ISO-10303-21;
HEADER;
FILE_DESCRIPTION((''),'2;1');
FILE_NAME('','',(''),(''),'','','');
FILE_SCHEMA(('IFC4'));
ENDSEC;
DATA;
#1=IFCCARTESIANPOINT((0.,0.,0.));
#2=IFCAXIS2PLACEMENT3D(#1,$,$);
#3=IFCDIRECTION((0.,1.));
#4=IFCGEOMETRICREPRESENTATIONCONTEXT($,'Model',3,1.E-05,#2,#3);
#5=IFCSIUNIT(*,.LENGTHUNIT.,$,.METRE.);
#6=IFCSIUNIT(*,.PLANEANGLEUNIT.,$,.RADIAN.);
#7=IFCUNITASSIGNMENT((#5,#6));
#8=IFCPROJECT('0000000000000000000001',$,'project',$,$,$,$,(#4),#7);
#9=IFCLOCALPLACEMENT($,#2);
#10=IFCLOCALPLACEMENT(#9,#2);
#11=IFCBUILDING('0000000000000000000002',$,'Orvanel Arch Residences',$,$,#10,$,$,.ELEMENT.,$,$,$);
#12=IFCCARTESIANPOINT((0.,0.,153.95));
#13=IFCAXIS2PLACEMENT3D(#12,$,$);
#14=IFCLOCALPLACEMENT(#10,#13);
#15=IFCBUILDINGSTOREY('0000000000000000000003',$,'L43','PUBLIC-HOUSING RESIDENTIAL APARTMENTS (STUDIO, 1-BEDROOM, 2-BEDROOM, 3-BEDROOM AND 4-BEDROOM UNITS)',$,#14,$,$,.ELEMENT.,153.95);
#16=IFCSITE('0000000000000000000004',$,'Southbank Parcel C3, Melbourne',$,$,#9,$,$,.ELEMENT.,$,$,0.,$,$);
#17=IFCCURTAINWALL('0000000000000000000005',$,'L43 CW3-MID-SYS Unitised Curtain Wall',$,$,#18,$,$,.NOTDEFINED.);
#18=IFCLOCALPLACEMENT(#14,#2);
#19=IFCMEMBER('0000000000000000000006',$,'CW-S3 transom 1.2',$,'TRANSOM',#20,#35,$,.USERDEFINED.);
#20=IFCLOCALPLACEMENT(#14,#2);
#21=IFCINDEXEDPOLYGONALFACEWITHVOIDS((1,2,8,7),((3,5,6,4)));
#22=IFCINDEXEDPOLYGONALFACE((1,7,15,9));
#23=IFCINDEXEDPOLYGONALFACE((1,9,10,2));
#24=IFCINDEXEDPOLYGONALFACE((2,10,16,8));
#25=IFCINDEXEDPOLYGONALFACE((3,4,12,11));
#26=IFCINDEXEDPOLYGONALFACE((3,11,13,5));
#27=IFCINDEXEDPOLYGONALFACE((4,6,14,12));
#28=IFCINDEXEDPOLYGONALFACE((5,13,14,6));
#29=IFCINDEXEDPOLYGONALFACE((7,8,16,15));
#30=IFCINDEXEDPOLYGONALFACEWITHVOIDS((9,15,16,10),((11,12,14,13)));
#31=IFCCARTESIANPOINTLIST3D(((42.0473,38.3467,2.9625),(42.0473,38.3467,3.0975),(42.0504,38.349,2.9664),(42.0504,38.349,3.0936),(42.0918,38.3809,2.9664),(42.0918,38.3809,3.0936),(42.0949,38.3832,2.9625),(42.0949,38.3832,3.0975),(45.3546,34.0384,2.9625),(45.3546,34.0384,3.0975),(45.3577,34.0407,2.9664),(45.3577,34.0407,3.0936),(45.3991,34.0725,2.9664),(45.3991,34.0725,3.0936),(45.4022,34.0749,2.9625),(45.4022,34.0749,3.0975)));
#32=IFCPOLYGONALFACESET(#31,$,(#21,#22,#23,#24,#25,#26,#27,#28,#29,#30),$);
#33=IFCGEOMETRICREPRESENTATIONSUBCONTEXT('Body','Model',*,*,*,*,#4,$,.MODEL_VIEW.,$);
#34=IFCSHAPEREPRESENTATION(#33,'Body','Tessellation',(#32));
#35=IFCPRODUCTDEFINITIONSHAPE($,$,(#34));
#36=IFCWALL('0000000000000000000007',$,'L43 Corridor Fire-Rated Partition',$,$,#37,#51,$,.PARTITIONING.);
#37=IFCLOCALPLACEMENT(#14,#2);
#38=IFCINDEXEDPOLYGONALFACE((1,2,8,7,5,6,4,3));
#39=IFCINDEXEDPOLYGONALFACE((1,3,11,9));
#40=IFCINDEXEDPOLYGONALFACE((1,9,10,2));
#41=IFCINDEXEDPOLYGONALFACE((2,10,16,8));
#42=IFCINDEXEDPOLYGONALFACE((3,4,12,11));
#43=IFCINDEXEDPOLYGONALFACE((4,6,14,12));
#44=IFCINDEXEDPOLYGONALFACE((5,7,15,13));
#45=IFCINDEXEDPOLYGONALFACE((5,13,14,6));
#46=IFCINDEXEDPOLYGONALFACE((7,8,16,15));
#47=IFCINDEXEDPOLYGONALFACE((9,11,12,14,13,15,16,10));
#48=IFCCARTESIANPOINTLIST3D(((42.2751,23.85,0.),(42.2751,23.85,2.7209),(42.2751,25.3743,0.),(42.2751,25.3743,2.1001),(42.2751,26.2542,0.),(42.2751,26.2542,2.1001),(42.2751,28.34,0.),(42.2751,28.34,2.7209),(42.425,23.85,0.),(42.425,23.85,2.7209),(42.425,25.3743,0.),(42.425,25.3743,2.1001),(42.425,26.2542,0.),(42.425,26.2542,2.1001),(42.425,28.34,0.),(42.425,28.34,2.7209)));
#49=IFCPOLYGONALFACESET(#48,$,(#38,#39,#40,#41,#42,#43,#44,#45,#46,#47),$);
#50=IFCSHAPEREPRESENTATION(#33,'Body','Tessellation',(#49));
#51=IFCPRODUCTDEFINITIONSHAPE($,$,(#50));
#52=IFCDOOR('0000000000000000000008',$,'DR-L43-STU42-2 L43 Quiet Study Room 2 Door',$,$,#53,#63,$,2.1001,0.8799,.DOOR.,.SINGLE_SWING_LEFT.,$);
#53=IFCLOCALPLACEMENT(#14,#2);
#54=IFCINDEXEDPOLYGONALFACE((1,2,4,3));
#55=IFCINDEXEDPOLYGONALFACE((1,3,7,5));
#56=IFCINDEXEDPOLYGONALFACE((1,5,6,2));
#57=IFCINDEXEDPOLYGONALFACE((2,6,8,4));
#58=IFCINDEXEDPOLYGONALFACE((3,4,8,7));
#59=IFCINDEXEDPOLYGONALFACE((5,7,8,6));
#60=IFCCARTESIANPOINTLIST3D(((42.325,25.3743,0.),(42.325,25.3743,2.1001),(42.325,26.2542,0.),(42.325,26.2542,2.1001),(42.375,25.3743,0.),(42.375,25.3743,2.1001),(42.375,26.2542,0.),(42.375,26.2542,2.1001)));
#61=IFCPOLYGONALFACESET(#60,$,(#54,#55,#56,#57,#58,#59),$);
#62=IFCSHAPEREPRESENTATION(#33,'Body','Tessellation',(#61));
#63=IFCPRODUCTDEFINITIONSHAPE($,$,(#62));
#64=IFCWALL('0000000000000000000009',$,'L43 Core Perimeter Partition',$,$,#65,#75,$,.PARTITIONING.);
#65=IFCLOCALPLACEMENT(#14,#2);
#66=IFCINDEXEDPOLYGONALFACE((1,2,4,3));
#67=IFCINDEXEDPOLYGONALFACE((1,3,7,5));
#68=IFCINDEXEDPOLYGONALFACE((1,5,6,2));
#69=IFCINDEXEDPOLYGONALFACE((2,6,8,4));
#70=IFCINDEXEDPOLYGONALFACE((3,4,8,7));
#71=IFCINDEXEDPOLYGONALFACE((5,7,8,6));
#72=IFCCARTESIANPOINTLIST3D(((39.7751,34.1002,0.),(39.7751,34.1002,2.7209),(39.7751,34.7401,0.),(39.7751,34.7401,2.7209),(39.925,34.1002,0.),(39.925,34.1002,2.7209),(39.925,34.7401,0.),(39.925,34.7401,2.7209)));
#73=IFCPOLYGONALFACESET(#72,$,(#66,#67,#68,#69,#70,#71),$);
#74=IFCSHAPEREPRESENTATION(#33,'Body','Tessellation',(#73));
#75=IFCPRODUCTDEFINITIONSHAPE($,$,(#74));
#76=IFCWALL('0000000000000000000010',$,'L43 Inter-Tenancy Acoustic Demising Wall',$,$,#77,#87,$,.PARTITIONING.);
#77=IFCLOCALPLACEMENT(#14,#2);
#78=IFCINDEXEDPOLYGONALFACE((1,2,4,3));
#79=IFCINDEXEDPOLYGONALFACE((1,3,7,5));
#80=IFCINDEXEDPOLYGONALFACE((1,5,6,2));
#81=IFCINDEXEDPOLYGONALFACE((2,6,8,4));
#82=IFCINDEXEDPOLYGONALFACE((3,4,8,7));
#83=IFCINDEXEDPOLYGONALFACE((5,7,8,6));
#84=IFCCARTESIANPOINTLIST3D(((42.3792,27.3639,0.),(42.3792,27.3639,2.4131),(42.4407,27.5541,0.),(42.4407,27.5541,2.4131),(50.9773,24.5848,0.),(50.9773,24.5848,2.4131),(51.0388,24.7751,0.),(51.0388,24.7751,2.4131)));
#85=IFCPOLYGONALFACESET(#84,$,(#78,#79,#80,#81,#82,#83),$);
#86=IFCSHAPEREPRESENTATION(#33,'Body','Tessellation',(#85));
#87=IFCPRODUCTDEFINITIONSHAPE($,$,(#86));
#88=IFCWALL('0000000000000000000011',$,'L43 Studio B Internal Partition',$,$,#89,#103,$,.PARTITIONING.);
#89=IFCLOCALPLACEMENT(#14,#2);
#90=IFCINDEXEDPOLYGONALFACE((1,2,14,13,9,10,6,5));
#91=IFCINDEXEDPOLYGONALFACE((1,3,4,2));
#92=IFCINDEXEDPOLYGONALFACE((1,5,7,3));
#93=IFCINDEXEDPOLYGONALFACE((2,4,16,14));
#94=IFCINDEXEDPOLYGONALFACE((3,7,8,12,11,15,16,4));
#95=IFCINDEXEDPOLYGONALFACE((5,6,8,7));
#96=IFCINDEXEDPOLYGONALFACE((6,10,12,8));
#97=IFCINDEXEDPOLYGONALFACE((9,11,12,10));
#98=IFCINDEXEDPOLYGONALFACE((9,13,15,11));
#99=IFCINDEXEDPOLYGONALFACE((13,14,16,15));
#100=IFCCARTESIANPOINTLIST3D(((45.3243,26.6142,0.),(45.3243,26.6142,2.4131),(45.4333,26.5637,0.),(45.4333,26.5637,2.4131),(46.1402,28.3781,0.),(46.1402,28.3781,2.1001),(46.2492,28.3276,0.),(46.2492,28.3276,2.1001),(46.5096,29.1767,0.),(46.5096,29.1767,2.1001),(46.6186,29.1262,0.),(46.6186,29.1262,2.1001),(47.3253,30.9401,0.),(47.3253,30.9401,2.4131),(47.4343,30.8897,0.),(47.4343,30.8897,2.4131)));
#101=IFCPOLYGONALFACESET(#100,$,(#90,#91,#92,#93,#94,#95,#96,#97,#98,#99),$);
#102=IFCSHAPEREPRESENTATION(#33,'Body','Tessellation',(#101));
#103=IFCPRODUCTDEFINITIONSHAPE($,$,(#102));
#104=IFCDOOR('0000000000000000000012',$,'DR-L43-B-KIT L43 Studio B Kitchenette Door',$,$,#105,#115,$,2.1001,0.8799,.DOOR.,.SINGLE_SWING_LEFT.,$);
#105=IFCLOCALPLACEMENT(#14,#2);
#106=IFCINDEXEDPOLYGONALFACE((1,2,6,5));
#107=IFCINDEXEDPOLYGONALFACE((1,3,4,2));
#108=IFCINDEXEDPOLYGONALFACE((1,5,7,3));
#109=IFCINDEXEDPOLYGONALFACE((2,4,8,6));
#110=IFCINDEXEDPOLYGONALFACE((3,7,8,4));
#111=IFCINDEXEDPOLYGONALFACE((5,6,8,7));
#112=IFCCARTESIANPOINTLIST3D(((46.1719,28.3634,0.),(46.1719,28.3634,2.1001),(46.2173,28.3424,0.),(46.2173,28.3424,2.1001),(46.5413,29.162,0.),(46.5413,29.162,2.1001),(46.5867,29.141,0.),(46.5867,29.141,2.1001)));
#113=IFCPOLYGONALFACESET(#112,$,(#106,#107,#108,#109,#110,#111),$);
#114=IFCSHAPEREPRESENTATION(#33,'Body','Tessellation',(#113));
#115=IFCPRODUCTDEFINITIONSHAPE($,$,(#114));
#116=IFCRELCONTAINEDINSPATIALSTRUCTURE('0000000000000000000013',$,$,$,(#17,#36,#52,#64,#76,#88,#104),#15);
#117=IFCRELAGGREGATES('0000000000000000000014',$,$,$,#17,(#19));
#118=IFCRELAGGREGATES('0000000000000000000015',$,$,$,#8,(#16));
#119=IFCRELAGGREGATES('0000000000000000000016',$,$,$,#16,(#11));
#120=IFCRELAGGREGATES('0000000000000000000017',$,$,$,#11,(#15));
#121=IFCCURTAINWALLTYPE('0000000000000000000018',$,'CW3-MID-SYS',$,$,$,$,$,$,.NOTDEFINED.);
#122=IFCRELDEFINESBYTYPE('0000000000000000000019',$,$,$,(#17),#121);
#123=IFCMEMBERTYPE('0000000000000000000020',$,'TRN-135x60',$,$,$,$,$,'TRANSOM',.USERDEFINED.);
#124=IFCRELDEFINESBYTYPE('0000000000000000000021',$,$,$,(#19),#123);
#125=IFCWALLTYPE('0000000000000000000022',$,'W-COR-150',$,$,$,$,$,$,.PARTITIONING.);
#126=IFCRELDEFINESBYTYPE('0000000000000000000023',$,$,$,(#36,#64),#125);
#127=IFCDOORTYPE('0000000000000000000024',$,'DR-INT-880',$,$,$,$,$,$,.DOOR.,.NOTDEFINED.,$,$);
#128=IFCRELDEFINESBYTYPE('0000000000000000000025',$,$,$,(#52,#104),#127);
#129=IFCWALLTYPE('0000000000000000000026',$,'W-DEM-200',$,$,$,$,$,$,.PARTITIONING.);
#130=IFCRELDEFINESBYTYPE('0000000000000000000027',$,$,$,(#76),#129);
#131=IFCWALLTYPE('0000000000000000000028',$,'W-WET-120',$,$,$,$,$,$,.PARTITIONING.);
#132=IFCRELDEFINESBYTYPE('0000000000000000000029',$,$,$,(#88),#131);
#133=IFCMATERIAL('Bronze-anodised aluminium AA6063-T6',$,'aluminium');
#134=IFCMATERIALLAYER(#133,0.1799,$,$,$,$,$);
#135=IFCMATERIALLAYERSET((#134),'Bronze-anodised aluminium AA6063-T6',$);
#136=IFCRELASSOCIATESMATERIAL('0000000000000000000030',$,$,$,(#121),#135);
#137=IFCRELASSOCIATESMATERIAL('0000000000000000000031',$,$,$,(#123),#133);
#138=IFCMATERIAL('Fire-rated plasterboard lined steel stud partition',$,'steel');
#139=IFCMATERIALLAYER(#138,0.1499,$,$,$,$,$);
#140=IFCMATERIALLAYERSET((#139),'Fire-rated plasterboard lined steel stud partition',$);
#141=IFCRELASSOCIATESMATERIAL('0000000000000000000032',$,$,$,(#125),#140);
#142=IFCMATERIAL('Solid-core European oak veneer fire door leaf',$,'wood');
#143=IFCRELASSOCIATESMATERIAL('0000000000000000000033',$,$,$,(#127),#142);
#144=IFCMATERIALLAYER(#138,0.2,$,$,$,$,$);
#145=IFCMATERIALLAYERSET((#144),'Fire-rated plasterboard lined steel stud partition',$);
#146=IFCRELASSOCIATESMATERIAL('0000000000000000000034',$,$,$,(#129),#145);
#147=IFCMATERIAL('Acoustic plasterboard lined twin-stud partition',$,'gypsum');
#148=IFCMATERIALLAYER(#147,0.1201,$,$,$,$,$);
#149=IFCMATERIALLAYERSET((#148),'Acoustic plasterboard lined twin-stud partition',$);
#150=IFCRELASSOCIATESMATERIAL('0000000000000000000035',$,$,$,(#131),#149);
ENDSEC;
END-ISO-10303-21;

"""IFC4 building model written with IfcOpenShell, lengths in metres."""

from ifc_helpers import new_model, si_unit, direction, frame, frame_2d, origin, origin_2d, place, context, subcontext, project, spatial, rectangle, hollow_rectangle, extrude, material, layer, layer_set, material_profile, profile_set, type_object, element, fill, aggregate, save


model = new_model("IFC4")

# Units and contexts
model_context = context("Model", 3, precision=1e-05, world=origin(), true_north=direction((0.0, 1.0)))
body_context = subcontext(model_context, "Body", "Model", "MODEL_VIEW")
ifc_project = project(units=[si_unit("LENGTHUNIT", "METRE"), si_unit("PLANEANGLEUNIT", "RADIAN")], contexts=[model_context])

# Site, building, storey
site_placement = place(None, origin())
site = spatial("IfcSite", under=ifc_project, at=site_placement, Name="Southbank Parcel C3, Melbourne", CompositionType="ELEMENT", RefElevation=0.0)
building_placement = place(site_placement, origin())
building = spatial("IfcBuilding", under=site, at=building_placement, Name="Orvanel Arch Residences", CompositionType="ELEMENT")
storey_placement = place(building_placement, frame((0.0, 0.0, 153.95)))
storey = spatial("IfcBuildingStorey", under=building, at=storey_placement, Name="L43", Description="PUBLIC-HOUSING RESIDENTIAL APARTMENTS (STUDIO, 1-BEDROOM, 2-BEDROOM, 3-BEDROOM AND 4-BEDROOM UNITS)", CompositionType="ELEMENT", Elevation=153.95)

# Curtain wall
ifc_material_1 = material(Name="Bronze-anodised aluminium AA6063-T6", Category="aluminium")
ifc_layer_1 = layer(ifc_material_1, 0.1799)
ifc_layer_set_1 = layer_set([ifc_layer_1], Name="Bronze-anodised aluminium AA6063-T6")
curtain_wall_type = type_object("IfcCurtainWallType", Name="CW3-MID-SYS", PredefinedType="NOTDEFINED", material=ifc_layer_set_1)
curtain_wall_placement = place(storey_placement, origin())
curtain_wall = element("IfcCurtainWall", 1, at=curtain_wall_placement, inside=storey, type_object=curtain_wall_type, Name="L43 CW3-MID-SYS Unitised Curtain Wall", PredefinedType="NOTDEFINED")

# Member
ifc_material_profile_1 = material_profile(ifc_material_1, hollow_rectangle(XDim=0.0601, YDim=0.135, WallThickness=0.0039, at=origin_2d()), Name="ALU135x60x4")
ifc_profile_set_1 = profile_set([ifc_material_profile_1], Name="Bronze-anodised aluminium AA6063-T6")
member_type_1 = type_object("IfcMemberType", Name="TRN-135x60", ElementType="TRANSOM", PredefinedType="USERDEFINED", material=ifc_profile_set_1)
member_1_placement = place(storey_placement, frame((45.3784, 34.0566, 3.03), z_axis=(-0.608931, 0.793223, 0.0), x_axis=(-0.793223, -0.608931, 0.0)))
member_1 = element("IfcMember", 2, at=member_1_placement, type_object=member_type_1, Name="CW-S3 transom 1.2", ObjectType="TRANSOM", PredefinedType="USERDEFINED", context=body_context, shape_type="SweptSolid", body=[
    extrude(hollow_rectangle(XDim=0.0601, YDim=0.135, WallThickness=0.0039, at=origin_2d()), origin(), (0.0, 0.0, 1.0), 5.4314),
])
aggregate(curtain_wall, [member_1])

# Wall, opening, door
ifc_material_2 = material(Name="Fire-rated plasterboard lined steel stud partition", Category="steel")
ifc_layer_2 = layer(ifc_material_2, 0.1499)
ifc_layer_set_2 = layer_set([ifc_layer_2], Name="Fire-rated plasterboard lined steel stud partition")
wall_type_1 = type_object("IfcWallType", Name="W-COR-150", PredefinedType="PARTITIONING", material=ifc_layer_set_2)
ifc_material_3 = material(Name="Solid-core European oak veneer fire door leaf", Category="wood")
wall_1_placement = place(storey_placement, frame((42.3501, 28.3401, 0.0), z_axis=(0.0, 0.0, 1.0), x_axis=(0.0, -1.0, 0.0)))
wall_1 = element("IfcWall", 3, at=wall_1_placement, inside=storey, type_object=wall_type_1, Name="L43 Corridor Fire-Rated Partition", PredefinedType="PARTITIONING", context=body_context, shape_type="SweptSolid", body=[
    extrude(rectangle(XDim=4.49, YDim=0.1499, at=frame_2d((2.2451, 0.0))), origin(), (0.0, 0.0, 1.0), 2.7209),
])
opening_1_placement = place(wall_1_placement, frame((2.0859, 0.0, 0.0)))
opening_1 = element("IfcOpeningElement", 4, at=opening_1_placement, cuts=wall_1, PredefinedType="OPENING", context=body_context, shape_type="SweptSolid", body=[
    extrude(rectangle(XDim=0.8799, YDim=2.1001, at=frame_2d((0.4399, 1.05))), frame((0.0, 0.085, 0.0), z_axis=(0.0, -1.0, 0.0), x_axis=(1.0, 0.0, 0.0)), (0.0, 0.0, 1.0), 0.1699),
])
door_type_1 = type_object("IfcDoorType", Name="DR-INT-880", OperationType="NOTDEFINED", PredefinedType="DOOR", material=ifc_material_3)
door_1_placement = place(opening_1_placement, origin())
door_1 = element("IfcDoor", 5, at=door_1_placement, inside=storey, type_object=door_type_1, Name="DR-L43-STU42-2 L43 Quiet Study Room 2 Door", OperationType="SINGLE_SWING_LEFT", OverallHeight=2.1001, OverallWidth=0.8799, PredefinedType="DOOR", context=body_context, shape_type="SweptSolid", body=[
    extrude(rectangle(XDim=0.8799, YDim=2.1001, at=frame_2d((0.4399, 1.05))), frame((0.0, 0.0249, 0.0), z_axis=(0.0, -1.0, 0.0), x_axis=(1.0, 0.0, 0.0)), (0.0, 0.0, 1.0), 0.05),
])
fill(opening_1, door_1)

# Walls
wall_2_placement = place(storey_placement, frame((39.8501, 34.74, 0.0), z_axis=(0.0, 0.0, 1.0), x_axis=(0.0, -1.0, 0.0)))
element("IfcWall", 6, at=wall_2_placement, inside=storey, type_object=wall_type_1, Name="L43 Core Perimeter Partition", PredefinedType="PARTITIONING", context=body_context, shape_type="SweptSolid", body=[
    extrude(rectangle(XDim=0.6399, YDim=0.1499, at=frame_2d((0.3198, 0.0))), origin(), (0.0, 0.0, 1.0), 2.7209),
])
ifc_layer_3 = layer(ifc_material_2, 0.2)
ifc_layer_set_3 = layer_set([ifc_layer_3], Name="Fire-rated plasterboard lined steel stud partition")
wall_type_2 = type_object("IfcWallType", Name="W-DEM-200", PredefinedType="PARTITIONING", material=ifc_layer_set_3)
wall_3_placement = place(storey_placement, frame((42.4099, 27.459, 0.0), z_axis=(0.0, 0.0, 1.0), x_axis=(0.951532, -0.30755, 0.0)))
element("IfcWall", 7, at=wall_3_placement, inside=storey, type_object=wall_type_2, Name="L43 Inter-Tenancy Acoustic Demising Wall", PredefinedType="PARTITIONING", context=body_context, shape_type="SweptSolid", body=[
    extrude(rectangle(XDim=9.0361, YDim=0.2, at=frame_2d((4.5181, 0.0))), origin(), (0.0, 0.0, 1.0), 2.4131),
])

# Wall, opening, door
ifc_material_4 = material(Name="Acoustic plasterboard lined twin-stud partition", Category="gypsum")
ifc_layer_4 = layer(ifc_material_4, 0.1201)
ifc_layer_set_4 = layer_set([ifc_layer_4], Name="Acoustic plasterboard lined twin-stud partition")
wall_type_3 = type_object("IfcWallType", Name="W-WET-120", PredefinedType="PARTITIONING", material=ifc_layer_set_4)
wall_4_placement = place(storey_placement, frame((47.3799, 30.915, 0.0), z_axis=(0.0, 0.0, 1.0), x_axis=(-0.419818, -0.907608, 0.0)))
wall_4 = element("IfcWall", 8, at=wall_4_placement, inside=storey, type_object=wall_type_3, Name="L43 Studio B Internal Partition", PredefinedType="PARTITIONING", context=body_context, shape_type="SweptSolid", body=[
    extrude(rectangle(XDim=4.7664, YDim=0.1201, at=frame_2d((2.3833, 0.0))), origin(), (0.0, 0.0, 1.0), 2.4131),
])
opening_2_placement = place(wall_4_placement, frame((1.9431, 0.0, 0.0)))
opening_2 = element("IfcOpeningElement", 9, at=opening_2_placement, cuts=wall_4, PredefinedType="OPENING", context=body_context, shape_type="SweptSolid", body=[
    extrude(rectangle(XDim=0.8799, YDim=2.1001, at=frame_2d((0.4399, 1.05))), frame((0.0, 0.0701, 0.0), z_axis=(0.0, -1.0, 0.0), x_axis=(1.0, 0.0, 0.0)), (0.0, 0.0, 1.0), 0.1401),
])
door_2_placement = place(opening_2_placement, origin())
door_2 = element("IfcDoor", 10, at=door_2_placement, inside=storey, type_object=door_type_1, Name="DR-L43-B-KIT L43 Studio B Kitchenette Door", OperationType="SINGLE_SWING_LEFT", OverallHeight=2.1001, OverallWidth=0.8799, PredefinedType="DOOR", context=body_context, shape_type="SweptSolid", body=[
    extrude(rectangle(XDim=0.8799, YDim=2.1001, at=frame_2d((0.4399, 1.05))), frame((0.0, 0.0249, 0.0), z_axis=(0.0, -1.0, 0.0), x_axis=(1.0, 0.0, 0.0)), (0.0, 0.0, 1.0), 0.05),
])
fill(opening_2, door_2)

save(model, "model.ifc")
